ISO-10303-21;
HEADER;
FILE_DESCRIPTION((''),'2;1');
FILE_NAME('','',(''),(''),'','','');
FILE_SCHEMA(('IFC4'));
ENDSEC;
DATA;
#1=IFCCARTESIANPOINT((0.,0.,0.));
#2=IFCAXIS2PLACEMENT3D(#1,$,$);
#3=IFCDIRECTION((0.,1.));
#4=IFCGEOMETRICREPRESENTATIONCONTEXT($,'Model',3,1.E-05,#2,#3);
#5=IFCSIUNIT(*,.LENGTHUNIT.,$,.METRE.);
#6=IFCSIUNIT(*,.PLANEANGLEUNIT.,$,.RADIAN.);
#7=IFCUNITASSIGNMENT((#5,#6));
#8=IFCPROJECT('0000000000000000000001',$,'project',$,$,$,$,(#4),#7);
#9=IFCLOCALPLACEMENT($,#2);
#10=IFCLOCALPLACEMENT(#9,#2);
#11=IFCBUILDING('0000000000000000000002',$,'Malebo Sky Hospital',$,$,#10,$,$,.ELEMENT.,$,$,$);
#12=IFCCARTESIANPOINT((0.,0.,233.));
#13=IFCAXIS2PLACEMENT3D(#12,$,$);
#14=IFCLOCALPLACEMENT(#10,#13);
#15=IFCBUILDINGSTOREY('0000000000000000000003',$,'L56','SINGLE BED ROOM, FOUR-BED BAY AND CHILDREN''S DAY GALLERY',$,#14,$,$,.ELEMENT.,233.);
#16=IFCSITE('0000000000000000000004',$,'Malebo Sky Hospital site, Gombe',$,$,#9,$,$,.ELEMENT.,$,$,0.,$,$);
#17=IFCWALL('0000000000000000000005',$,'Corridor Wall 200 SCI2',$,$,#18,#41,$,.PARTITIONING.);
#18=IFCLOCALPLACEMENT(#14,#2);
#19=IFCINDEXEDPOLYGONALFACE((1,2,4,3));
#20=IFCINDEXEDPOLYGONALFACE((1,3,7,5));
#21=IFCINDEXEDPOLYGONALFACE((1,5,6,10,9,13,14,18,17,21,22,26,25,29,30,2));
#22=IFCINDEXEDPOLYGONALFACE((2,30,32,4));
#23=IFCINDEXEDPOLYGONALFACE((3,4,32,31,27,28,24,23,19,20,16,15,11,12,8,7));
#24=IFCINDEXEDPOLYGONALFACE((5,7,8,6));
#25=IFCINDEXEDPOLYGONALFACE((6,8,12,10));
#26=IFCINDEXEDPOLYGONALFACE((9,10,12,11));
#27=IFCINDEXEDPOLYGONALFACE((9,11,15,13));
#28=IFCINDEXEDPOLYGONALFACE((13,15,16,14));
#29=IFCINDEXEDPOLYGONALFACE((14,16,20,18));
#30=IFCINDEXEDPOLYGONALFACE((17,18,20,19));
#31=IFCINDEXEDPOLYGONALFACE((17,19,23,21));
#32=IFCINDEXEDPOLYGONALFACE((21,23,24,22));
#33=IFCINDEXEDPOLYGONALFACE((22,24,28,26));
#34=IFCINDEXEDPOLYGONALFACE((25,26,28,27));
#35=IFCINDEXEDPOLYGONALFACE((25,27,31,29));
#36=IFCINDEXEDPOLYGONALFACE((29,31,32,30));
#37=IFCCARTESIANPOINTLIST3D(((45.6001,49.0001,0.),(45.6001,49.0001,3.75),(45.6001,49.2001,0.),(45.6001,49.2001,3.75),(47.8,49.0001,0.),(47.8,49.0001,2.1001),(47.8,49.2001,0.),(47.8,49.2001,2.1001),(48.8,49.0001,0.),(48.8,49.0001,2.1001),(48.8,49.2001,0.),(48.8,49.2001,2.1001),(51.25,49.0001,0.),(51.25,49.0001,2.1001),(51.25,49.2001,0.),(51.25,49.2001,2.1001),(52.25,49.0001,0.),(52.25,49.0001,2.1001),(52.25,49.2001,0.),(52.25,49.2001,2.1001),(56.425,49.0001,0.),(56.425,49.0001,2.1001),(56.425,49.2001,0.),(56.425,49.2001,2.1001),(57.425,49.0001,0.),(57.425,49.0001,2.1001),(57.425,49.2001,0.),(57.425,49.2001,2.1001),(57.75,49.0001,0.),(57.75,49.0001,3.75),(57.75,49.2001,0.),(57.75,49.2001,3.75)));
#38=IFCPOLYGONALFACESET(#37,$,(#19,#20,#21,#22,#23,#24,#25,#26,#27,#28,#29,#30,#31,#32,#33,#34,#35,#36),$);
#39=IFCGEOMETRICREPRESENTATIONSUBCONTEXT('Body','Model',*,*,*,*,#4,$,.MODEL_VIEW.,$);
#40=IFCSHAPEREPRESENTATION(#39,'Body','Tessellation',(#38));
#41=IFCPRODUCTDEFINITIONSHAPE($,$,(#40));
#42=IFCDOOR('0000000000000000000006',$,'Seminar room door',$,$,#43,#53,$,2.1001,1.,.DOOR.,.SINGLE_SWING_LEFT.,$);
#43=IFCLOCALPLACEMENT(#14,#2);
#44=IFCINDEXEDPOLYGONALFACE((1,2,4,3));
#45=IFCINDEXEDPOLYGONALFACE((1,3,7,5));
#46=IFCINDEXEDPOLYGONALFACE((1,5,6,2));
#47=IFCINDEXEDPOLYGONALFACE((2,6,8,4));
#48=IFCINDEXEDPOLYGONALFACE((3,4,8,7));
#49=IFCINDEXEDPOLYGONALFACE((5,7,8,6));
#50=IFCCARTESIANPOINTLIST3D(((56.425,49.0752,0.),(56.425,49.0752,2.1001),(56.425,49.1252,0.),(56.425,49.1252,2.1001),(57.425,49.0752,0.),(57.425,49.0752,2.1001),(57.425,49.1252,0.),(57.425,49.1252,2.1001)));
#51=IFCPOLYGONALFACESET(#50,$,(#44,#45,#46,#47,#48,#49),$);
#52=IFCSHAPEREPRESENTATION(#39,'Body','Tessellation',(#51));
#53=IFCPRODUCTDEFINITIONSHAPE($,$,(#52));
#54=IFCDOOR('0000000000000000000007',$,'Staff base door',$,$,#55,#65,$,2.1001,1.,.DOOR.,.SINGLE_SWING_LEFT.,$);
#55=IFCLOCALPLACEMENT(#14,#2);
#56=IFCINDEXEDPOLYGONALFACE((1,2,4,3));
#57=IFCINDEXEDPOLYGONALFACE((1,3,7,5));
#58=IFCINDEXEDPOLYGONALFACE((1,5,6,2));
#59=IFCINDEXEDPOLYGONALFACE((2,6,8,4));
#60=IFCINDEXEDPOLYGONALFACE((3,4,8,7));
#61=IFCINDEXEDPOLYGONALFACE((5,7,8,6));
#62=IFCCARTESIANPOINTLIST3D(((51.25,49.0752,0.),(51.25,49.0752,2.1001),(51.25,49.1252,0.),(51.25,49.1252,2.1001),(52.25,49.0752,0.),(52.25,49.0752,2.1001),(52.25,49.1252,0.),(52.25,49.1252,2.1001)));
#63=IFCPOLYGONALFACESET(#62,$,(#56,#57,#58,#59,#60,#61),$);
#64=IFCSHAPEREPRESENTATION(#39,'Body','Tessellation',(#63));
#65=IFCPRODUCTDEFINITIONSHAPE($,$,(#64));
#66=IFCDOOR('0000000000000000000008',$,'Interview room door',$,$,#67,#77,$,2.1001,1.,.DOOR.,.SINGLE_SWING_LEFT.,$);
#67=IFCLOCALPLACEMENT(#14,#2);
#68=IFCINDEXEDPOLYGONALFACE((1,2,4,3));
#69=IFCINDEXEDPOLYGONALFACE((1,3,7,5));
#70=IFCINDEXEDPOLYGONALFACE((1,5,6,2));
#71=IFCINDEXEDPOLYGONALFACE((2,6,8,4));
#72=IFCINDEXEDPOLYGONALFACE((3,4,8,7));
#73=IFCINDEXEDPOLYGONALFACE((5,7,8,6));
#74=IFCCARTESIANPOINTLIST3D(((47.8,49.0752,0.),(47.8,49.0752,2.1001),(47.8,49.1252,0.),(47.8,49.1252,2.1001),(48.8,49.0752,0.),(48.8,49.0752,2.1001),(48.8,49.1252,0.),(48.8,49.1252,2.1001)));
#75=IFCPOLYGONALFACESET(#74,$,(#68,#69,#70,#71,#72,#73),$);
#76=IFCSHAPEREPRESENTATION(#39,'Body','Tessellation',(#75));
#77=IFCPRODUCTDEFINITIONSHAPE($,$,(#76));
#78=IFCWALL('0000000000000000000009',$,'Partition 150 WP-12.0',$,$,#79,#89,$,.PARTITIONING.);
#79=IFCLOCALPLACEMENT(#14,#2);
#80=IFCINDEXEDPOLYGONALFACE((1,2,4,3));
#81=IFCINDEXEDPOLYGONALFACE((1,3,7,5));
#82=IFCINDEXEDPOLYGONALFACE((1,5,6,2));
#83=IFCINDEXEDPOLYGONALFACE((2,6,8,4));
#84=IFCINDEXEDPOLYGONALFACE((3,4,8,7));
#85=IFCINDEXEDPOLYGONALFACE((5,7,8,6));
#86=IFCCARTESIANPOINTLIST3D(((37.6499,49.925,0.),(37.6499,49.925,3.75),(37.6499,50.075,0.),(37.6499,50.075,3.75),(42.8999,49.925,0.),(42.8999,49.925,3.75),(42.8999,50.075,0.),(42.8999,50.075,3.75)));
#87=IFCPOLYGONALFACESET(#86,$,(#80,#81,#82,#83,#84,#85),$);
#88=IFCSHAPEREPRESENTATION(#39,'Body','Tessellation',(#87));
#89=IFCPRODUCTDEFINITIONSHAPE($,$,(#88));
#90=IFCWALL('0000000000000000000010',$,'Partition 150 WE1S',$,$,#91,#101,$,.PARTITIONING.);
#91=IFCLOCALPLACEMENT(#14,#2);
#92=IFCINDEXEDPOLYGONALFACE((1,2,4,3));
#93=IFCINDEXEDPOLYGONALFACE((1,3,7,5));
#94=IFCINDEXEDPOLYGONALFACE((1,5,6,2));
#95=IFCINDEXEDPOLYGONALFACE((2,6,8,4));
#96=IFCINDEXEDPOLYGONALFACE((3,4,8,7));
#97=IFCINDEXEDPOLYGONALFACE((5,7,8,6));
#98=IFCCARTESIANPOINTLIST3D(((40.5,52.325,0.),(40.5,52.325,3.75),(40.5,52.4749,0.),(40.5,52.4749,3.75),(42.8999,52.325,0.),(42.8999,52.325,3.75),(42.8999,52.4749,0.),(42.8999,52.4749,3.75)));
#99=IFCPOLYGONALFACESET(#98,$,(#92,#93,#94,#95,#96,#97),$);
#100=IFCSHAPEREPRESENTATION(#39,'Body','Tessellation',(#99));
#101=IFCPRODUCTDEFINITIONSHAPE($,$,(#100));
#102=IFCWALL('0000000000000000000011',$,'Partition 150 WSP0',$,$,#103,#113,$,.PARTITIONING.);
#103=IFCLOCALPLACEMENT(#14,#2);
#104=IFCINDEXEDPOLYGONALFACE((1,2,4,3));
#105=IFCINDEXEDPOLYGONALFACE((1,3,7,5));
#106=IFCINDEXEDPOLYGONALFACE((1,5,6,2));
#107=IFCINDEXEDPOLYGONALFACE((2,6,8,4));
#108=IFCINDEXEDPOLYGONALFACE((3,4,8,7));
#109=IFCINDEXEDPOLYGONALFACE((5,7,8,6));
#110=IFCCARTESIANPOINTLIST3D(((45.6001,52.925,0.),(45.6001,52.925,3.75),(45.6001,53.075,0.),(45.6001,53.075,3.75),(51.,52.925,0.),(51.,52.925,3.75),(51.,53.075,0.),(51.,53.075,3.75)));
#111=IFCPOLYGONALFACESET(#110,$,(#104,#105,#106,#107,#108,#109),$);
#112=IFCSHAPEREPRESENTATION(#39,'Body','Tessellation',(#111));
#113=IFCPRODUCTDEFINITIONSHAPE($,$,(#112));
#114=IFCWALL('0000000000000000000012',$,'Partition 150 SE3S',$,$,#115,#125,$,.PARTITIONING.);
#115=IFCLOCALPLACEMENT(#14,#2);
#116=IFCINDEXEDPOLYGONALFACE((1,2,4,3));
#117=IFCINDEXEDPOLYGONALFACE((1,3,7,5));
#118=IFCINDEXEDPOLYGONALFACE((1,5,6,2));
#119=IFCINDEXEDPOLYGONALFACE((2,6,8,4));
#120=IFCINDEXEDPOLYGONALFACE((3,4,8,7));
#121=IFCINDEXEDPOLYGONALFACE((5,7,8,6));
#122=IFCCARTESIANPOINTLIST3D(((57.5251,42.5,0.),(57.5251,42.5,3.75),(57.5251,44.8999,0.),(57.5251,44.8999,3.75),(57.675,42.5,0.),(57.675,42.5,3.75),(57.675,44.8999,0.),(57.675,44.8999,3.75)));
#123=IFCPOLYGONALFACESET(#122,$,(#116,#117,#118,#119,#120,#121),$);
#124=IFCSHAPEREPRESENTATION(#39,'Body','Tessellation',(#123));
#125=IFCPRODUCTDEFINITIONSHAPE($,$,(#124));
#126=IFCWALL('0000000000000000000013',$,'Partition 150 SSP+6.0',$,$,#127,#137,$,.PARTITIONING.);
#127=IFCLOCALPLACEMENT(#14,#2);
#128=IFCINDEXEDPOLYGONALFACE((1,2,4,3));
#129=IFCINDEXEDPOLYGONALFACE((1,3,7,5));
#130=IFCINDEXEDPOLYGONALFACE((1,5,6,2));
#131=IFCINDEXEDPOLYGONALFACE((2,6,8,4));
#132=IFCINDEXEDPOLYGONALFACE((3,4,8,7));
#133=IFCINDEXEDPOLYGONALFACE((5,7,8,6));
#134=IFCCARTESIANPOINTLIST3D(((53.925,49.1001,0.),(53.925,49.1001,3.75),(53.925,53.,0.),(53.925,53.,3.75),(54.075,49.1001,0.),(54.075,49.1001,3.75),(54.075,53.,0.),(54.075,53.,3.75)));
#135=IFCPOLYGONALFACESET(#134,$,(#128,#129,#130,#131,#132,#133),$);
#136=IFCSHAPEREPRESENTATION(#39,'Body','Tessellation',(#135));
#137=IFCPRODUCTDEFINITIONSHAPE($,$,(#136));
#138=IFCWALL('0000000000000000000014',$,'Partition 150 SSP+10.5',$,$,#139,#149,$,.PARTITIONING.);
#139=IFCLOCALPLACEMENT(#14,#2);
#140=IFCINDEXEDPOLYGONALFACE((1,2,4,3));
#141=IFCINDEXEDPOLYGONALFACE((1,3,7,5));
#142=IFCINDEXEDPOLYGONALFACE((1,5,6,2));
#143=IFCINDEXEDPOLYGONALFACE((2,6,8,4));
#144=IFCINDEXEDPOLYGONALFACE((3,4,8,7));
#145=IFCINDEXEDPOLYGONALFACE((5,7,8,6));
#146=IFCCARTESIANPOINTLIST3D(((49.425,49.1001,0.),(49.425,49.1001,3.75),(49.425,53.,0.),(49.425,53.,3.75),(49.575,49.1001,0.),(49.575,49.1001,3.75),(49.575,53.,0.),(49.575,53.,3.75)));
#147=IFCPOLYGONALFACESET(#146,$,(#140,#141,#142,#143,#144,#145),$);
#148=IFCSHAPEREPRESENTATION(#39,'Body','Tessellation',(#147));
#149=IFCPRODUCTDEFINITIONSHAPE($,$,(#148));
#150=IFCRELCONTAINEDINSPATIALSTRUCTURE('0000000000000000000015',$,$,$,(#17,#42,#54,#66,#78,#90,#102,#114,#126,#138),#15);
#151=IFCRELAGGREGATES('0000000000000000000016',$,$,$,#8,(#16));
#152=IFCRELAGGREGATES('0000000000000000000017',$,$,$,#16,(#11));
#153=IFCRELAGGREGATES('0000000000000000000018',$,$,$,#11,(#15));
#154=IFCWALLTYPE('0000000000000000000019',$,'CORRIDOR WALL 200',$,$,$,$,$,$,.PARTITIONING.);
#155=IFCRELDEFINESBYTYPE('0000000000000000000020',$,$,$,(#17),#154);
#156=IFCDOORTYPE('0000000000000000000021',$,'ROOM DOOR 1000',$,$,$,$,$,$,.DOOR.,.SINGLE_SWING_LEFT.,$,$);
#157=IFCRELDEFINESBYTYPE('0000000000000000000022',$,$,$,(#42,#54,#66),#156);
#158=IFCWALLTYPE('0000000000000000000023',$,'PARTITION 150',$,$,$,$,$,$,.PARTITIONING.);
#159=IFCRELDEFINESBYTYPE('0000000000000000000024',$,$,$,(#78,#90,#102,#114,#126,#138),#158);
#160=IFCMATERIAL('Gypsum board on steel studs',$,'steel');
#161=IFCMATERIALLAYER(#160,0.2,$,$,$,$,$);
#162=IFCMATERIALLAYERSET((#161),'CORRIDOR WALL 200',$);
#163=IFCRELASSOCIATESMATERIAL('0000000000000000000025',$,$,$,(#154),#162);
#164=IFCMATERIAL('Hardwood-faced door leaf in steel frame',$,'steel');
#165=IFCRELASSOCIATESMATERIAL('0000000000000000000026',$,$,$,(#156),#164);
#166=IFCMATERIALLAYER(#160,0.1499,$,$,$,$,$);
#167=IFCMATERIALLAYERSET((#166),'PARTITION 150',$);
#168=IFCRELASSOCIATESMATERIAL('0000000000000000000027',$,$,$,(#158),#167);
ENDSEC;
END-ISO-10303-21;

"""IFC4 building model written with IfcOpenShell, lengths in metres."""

from ifc_helpers import new_model, si_unit, direction, frame, frame_2d, origin, place, context, subcontext, project, spatial, rectangle, extrude, material, layer, layer_set, type_object, element, fill, save


model = new_model("IFC4")

# Units and contexts
model_context = context("Model", 3, precision=1e-05, world=origin(), true_north=direction((0.0, 1.0)))
body_context = subcontext(model_context, "Body", "Model", "MODEL_VIEW")
ifc_project = project(units=[si_unit("LENGTHUNIT", "METRE"), si_unit("PLANEANGLEUNIT", "RADIAN")], contexts=[model_context])

# Site, building, storey
site_placement = place(None, origin())
site = spatial("IfcSite", under=ifc_project, at=site_placement, Name="Malebo Sky Hospital site, Gombe", CompositionType="ELEMENT", RefElevation=0.0)
building_placement = place(site_placement, origin())
building = spatial("IfcBuilding", under=site, at=building_placement, Name="Malebo Sky Hospital", CompositionType="ELEMENT")
storey_placement = place(building_placement, frame((0.0, 0.0, 233.0)))
storey = spatial("IfcBuildingStorey", under=building, at=storey_placement, Name="L56", Description="SINGLE BED ROOM, FOUR-BED BAY AND CHILDREN'S DAY GALLERY", CompositionType="ELEMENT", Elevation=233.0)

# Wall, openings, doors
ifc_material_1 = material(Name="Gypsum board on steel studs", Category="steel")
ifc_layer_1 = layer(ifc_material_1, 0.2)
ifc_layer_set_1 = layer_set([ifc_layer_1], Name="CORRIDOR WALL 200")
wall_type_1 = type_object("IfcWallType", Name="CORRIDOR WALL 200", PredefinedType="PARTITIONING", material=ifc_layer_set_1)
ifc_material_2 = material(Name="Hardwood-faced door leaf in steel frame", Category="steel")
wall_1_placement = place(storey_placement, frame((57.75, 49.1001, 0.0), z_axis=(0.0, 0.0, 1.0), x_axis=(-1.0, 0.0, 0.0)))
wall_1 = element("IfcWall", 1, at=wall_1_placement, inside=storey, type_object=wall_type_1, Name="Corridor Wall 200 SCI2", PredefinedType="PARTITIONING", context=body_context, shape_type="SweptSolid", body=[
    extrude(rectangle(XDim=12.1499, YDim=0.2, at=frame_2d((6.075, 0.0))), origin(), (0.0, 0.0, 1.0), 3.75),
])
opening_1_placement = place(wall_1_placement, frame((0.325, 0.0, 0.0)))
opening_1 = element("IfcOpeningElement", 2, at=opening_1_placement, cuts=wall_1, PredefinedType="OPENING", context=body_context, shape_type="SweptSolid", body=[
    extrude(rectangle(XDim=1.0, YDim=2.1001, at=frame_2d((0.5, 1.05))), frame((0.0, 0.1099, 0.0), z_axis=(0.0, -1.0, 0.0), x_axis=(1.0, 0.0, 0.0)), (0.0, 0.0, 1.0), 0.22),
])
opening_2_placement = place(wall_1_placement, frame((5.5, 0.0, 0.0)))
opening_2 = element("IfcOpeningElement", 3, at=opening_2_placement, cuts=wall_1, PredefinedType="OPENING", context=body_context, shape_type="SweptSolid", body=[
    extrude(rectangle(XDim=1.0, YDim=2.1001, at=frame_2d((0.5, 1.05))), frame((0.0, 0.1099, 0.0), z_axis=(0.0, -1.0, 0.0), x_axis=(1.0, 0.0, 0.0)), (0.0, 0.0, 1.0), 0.22),
])
opening_3_placement = place(wall_1_placement, frame((8.95, 0.0, 0.0)))
opening_3 = element("IfcOpeningElement", 4, at=opening_3_placement, cuts=wall_1, PredefinedType="OPENING", context=body_context, shape_type="SweptSolid", body=[
    extrude(rectangle(XDim=1.0, YDim=2.1001, at=frame_2d((0.5, 1.05))), frame((0.0, 0.1099, 0.0), z_axis=(0.0, -1.0, 0.0), x_axis=(1.0, 0.0, 0.0)), (0.0, 0.0, 1.0), 0.22),
])
door_type_1 = type_object("IfcDoorType", Name="ROOM DOOR 1000", OperationType="SINGLE_SWING_LEFT", PredefinedType="DOOR", material=ifc_material_2)
door_1_placement = place(opening_1_placement, origin())
door_1 = element("IfcDoor", 5, at=door_1_placement, inside=storey, type_object=door_type_1, Name="Seminar room door", OperationType="SINGLE_SWING_LEFT", OverallHeight=2.1001, OverallWidth=1.0, PredefinedType="DOOR", context=body_context, shape_type="SweptSolid", body=[
    extrude(rectangle(XDim=1.0, YDim=2.1001, at=frame_2d((0.5, 1.05))), frame((0.0, 0.0249, 0.0), z_axis=(0.0, -1.0, 0.0), x_axis=(1.0, 0.0, 0.0)), (0.0, 0.0, 1.0), 0.05),
])
fill(opening_1, door_1)
door_2_placement = place(opening_2_placement, origin())
door_2 = element("IfcDoor", 6, at=door_2_placement, inside=storey, type_object=door_type_1, Name="Staff base door", OperationType="SINGLE_SWING_LEFT", OverallHeight=2.1001, OverallWidth=1.0, PredefinedType="DOOR", context=body_context, shape_type="SweptSolid", body=[
    extrude(rectangle(XDim=1.0, YDim=2.1001, at=frame_2d((0.5, 1.05))), frame((0.0, 0.0249, 0.0), z_axis=(0.0, -1.0, 0.0), x_axis=(1.0, 0.0, 0.0)), (0.0, 0.0, 1.0), 0.05),
])
fill(opening_2, door_2)
door_3_placement = place(opening_3_placement, origin())
door_3 = element("IfcDoor", 7, at=door_3_placement, inside=storey, type_object=door_type_1, Name="Interview room door", OperationType="SINGLE_SWING_LEFT", OverallHeight=2.1001, OverallWidth=1.0, PredefinedType="DOOR", context=body_context, shape_type="SweptSolid", body=[
    extrude(rectangle(XDim=1.0, YDim=2.1001, at=frame_2d((0.5, 1.05))), frame((0.0, 0.0249, 0.0), z_axis=(0.0, -1.0, 0.0), x_axis=(1.0, 0.0, 0.0)), (0.0, 0.0, 1.0), 0.05),
])
fill(opening_3, door_3)

# Walls
ifc_layer_2 = layer(ifc_material_1, 0.1499)
ifc_layer_set_2 = layer_set([ifc_layer_2], Name="PARTITION 150")
wall_type_2 = type_object("IfcWallType", Name="PARTITION 150", PredefinedType="PARTITIONING", material=ifc_layer_set_2)
wall_2_placement = place(storey_placement, frame((42.8999, 50.0, 0.0), z_axis=(0.0, 0.0, 1.0), x_axis=(-1.0, 0.0, 0.0)))
element("IfcWall", 8, at=wall_2_placement, inside=storey, type_object=wall_type_2, Name="Partition 150 WP-12.0", PredefinedType="PARTITIONING", context=body_context, shape_type="SweptSolid", body=[
    extrude(rectangle(XDim=5.25, YDim=0.1499, at=frame_2d((2.625, 0.0))), origin(), (0.0, 0.0, 1.0), 3.75),
])
wall_3_placement = place(storey_placement, frame((42.8999, 52.3999, 0.0), z_axis=(0.0, 0.0, 1.0), x_axis=(-1.0, 0.0, 0.0)))
element("IfcWall", 9, at=wall_3_placement, inside=storey, type_object=wall_type_2, Name="Partition 150 WE1S", PredefinedType="PARTITIONING", context=body_context, shape_type="SweptSolid", body=[
    extrude(rectangle(XDim=2.3999, YDim=0.1499, at=frame_2d((1.2, 0.0))), origin(), (0.0, 0.0, 1.0), 3.75),
])
wall_4_placement = place(storey_placement, frame((51.0, 53.0, 0.0), z_axis=(0.0, 0.0, 1.0), x_axis=(-1.0, 0.0, 0.0)))
element("IfcWall", 10, at=wall_4_placement, inside=storey, type_object=wall_type_2, Name="Partition 150 WSP0", PredefinedType="PARTITIONING", context=body_context, shape_type="SweptSolid", body=[
    extrude(rectangle(XDim=5.3999, YDim=0.1499, at=frame_2d((2.7, 0.0))), origin(), (0.0, 0.0, 1.0), 3.75),
])
wall_5_placement = place(storey_placement, frame((57.6001, 44.8999, 0.0), z_axis=(0.0, 0.0, 1.0), x_axis=(0.0, -1.0, 0.0)))
element("IfcWall", 11, at=wall_5_placement, inside=storey, type_object=wall_type_2, Name="Partition 150 SE3S", PredefinedType="PARTITIONING", context=body_context, shape_type="SweptSolid", body=[
    extrude(rectangle(XDim=2.3999, YDim=0.1499, at=frame_2d((1.2, 0.0))), origin(), (0.0, 0.0, 1.0), 3.75),
])
for number, where, z_axis, x_axis, name in (
    (12, (54.0, 53.0, 0.0), (0.0, 0.0, 1.0), (0.0, -1.0, 0.0), "Partition 150 SSP+6.0"),
    (13, (49.5, 53.0, 0.0), (0.0, 0.0, 1.0), (0.0, -1.0, 0.0), "Partition 150 SSP+10.5"),
):
    element("IfcWall", number, at=place(storey_placement, frame(where, z_axis=z_axis, x_axis=x_axis)), inside=storey, type_object=wall_type_2, Name=name, PredefinedType="PARTITIONING", context=body_context, shape_type="SweptSolid", body=[
        extrude(rectangle(XDim=3.8999, YDim=0.1499, at=frame_2d((1.95, 0.0))), origin(), (0.0, 0.0, 1.0), 3.75),
    ])

save(model, "model.ifc")
